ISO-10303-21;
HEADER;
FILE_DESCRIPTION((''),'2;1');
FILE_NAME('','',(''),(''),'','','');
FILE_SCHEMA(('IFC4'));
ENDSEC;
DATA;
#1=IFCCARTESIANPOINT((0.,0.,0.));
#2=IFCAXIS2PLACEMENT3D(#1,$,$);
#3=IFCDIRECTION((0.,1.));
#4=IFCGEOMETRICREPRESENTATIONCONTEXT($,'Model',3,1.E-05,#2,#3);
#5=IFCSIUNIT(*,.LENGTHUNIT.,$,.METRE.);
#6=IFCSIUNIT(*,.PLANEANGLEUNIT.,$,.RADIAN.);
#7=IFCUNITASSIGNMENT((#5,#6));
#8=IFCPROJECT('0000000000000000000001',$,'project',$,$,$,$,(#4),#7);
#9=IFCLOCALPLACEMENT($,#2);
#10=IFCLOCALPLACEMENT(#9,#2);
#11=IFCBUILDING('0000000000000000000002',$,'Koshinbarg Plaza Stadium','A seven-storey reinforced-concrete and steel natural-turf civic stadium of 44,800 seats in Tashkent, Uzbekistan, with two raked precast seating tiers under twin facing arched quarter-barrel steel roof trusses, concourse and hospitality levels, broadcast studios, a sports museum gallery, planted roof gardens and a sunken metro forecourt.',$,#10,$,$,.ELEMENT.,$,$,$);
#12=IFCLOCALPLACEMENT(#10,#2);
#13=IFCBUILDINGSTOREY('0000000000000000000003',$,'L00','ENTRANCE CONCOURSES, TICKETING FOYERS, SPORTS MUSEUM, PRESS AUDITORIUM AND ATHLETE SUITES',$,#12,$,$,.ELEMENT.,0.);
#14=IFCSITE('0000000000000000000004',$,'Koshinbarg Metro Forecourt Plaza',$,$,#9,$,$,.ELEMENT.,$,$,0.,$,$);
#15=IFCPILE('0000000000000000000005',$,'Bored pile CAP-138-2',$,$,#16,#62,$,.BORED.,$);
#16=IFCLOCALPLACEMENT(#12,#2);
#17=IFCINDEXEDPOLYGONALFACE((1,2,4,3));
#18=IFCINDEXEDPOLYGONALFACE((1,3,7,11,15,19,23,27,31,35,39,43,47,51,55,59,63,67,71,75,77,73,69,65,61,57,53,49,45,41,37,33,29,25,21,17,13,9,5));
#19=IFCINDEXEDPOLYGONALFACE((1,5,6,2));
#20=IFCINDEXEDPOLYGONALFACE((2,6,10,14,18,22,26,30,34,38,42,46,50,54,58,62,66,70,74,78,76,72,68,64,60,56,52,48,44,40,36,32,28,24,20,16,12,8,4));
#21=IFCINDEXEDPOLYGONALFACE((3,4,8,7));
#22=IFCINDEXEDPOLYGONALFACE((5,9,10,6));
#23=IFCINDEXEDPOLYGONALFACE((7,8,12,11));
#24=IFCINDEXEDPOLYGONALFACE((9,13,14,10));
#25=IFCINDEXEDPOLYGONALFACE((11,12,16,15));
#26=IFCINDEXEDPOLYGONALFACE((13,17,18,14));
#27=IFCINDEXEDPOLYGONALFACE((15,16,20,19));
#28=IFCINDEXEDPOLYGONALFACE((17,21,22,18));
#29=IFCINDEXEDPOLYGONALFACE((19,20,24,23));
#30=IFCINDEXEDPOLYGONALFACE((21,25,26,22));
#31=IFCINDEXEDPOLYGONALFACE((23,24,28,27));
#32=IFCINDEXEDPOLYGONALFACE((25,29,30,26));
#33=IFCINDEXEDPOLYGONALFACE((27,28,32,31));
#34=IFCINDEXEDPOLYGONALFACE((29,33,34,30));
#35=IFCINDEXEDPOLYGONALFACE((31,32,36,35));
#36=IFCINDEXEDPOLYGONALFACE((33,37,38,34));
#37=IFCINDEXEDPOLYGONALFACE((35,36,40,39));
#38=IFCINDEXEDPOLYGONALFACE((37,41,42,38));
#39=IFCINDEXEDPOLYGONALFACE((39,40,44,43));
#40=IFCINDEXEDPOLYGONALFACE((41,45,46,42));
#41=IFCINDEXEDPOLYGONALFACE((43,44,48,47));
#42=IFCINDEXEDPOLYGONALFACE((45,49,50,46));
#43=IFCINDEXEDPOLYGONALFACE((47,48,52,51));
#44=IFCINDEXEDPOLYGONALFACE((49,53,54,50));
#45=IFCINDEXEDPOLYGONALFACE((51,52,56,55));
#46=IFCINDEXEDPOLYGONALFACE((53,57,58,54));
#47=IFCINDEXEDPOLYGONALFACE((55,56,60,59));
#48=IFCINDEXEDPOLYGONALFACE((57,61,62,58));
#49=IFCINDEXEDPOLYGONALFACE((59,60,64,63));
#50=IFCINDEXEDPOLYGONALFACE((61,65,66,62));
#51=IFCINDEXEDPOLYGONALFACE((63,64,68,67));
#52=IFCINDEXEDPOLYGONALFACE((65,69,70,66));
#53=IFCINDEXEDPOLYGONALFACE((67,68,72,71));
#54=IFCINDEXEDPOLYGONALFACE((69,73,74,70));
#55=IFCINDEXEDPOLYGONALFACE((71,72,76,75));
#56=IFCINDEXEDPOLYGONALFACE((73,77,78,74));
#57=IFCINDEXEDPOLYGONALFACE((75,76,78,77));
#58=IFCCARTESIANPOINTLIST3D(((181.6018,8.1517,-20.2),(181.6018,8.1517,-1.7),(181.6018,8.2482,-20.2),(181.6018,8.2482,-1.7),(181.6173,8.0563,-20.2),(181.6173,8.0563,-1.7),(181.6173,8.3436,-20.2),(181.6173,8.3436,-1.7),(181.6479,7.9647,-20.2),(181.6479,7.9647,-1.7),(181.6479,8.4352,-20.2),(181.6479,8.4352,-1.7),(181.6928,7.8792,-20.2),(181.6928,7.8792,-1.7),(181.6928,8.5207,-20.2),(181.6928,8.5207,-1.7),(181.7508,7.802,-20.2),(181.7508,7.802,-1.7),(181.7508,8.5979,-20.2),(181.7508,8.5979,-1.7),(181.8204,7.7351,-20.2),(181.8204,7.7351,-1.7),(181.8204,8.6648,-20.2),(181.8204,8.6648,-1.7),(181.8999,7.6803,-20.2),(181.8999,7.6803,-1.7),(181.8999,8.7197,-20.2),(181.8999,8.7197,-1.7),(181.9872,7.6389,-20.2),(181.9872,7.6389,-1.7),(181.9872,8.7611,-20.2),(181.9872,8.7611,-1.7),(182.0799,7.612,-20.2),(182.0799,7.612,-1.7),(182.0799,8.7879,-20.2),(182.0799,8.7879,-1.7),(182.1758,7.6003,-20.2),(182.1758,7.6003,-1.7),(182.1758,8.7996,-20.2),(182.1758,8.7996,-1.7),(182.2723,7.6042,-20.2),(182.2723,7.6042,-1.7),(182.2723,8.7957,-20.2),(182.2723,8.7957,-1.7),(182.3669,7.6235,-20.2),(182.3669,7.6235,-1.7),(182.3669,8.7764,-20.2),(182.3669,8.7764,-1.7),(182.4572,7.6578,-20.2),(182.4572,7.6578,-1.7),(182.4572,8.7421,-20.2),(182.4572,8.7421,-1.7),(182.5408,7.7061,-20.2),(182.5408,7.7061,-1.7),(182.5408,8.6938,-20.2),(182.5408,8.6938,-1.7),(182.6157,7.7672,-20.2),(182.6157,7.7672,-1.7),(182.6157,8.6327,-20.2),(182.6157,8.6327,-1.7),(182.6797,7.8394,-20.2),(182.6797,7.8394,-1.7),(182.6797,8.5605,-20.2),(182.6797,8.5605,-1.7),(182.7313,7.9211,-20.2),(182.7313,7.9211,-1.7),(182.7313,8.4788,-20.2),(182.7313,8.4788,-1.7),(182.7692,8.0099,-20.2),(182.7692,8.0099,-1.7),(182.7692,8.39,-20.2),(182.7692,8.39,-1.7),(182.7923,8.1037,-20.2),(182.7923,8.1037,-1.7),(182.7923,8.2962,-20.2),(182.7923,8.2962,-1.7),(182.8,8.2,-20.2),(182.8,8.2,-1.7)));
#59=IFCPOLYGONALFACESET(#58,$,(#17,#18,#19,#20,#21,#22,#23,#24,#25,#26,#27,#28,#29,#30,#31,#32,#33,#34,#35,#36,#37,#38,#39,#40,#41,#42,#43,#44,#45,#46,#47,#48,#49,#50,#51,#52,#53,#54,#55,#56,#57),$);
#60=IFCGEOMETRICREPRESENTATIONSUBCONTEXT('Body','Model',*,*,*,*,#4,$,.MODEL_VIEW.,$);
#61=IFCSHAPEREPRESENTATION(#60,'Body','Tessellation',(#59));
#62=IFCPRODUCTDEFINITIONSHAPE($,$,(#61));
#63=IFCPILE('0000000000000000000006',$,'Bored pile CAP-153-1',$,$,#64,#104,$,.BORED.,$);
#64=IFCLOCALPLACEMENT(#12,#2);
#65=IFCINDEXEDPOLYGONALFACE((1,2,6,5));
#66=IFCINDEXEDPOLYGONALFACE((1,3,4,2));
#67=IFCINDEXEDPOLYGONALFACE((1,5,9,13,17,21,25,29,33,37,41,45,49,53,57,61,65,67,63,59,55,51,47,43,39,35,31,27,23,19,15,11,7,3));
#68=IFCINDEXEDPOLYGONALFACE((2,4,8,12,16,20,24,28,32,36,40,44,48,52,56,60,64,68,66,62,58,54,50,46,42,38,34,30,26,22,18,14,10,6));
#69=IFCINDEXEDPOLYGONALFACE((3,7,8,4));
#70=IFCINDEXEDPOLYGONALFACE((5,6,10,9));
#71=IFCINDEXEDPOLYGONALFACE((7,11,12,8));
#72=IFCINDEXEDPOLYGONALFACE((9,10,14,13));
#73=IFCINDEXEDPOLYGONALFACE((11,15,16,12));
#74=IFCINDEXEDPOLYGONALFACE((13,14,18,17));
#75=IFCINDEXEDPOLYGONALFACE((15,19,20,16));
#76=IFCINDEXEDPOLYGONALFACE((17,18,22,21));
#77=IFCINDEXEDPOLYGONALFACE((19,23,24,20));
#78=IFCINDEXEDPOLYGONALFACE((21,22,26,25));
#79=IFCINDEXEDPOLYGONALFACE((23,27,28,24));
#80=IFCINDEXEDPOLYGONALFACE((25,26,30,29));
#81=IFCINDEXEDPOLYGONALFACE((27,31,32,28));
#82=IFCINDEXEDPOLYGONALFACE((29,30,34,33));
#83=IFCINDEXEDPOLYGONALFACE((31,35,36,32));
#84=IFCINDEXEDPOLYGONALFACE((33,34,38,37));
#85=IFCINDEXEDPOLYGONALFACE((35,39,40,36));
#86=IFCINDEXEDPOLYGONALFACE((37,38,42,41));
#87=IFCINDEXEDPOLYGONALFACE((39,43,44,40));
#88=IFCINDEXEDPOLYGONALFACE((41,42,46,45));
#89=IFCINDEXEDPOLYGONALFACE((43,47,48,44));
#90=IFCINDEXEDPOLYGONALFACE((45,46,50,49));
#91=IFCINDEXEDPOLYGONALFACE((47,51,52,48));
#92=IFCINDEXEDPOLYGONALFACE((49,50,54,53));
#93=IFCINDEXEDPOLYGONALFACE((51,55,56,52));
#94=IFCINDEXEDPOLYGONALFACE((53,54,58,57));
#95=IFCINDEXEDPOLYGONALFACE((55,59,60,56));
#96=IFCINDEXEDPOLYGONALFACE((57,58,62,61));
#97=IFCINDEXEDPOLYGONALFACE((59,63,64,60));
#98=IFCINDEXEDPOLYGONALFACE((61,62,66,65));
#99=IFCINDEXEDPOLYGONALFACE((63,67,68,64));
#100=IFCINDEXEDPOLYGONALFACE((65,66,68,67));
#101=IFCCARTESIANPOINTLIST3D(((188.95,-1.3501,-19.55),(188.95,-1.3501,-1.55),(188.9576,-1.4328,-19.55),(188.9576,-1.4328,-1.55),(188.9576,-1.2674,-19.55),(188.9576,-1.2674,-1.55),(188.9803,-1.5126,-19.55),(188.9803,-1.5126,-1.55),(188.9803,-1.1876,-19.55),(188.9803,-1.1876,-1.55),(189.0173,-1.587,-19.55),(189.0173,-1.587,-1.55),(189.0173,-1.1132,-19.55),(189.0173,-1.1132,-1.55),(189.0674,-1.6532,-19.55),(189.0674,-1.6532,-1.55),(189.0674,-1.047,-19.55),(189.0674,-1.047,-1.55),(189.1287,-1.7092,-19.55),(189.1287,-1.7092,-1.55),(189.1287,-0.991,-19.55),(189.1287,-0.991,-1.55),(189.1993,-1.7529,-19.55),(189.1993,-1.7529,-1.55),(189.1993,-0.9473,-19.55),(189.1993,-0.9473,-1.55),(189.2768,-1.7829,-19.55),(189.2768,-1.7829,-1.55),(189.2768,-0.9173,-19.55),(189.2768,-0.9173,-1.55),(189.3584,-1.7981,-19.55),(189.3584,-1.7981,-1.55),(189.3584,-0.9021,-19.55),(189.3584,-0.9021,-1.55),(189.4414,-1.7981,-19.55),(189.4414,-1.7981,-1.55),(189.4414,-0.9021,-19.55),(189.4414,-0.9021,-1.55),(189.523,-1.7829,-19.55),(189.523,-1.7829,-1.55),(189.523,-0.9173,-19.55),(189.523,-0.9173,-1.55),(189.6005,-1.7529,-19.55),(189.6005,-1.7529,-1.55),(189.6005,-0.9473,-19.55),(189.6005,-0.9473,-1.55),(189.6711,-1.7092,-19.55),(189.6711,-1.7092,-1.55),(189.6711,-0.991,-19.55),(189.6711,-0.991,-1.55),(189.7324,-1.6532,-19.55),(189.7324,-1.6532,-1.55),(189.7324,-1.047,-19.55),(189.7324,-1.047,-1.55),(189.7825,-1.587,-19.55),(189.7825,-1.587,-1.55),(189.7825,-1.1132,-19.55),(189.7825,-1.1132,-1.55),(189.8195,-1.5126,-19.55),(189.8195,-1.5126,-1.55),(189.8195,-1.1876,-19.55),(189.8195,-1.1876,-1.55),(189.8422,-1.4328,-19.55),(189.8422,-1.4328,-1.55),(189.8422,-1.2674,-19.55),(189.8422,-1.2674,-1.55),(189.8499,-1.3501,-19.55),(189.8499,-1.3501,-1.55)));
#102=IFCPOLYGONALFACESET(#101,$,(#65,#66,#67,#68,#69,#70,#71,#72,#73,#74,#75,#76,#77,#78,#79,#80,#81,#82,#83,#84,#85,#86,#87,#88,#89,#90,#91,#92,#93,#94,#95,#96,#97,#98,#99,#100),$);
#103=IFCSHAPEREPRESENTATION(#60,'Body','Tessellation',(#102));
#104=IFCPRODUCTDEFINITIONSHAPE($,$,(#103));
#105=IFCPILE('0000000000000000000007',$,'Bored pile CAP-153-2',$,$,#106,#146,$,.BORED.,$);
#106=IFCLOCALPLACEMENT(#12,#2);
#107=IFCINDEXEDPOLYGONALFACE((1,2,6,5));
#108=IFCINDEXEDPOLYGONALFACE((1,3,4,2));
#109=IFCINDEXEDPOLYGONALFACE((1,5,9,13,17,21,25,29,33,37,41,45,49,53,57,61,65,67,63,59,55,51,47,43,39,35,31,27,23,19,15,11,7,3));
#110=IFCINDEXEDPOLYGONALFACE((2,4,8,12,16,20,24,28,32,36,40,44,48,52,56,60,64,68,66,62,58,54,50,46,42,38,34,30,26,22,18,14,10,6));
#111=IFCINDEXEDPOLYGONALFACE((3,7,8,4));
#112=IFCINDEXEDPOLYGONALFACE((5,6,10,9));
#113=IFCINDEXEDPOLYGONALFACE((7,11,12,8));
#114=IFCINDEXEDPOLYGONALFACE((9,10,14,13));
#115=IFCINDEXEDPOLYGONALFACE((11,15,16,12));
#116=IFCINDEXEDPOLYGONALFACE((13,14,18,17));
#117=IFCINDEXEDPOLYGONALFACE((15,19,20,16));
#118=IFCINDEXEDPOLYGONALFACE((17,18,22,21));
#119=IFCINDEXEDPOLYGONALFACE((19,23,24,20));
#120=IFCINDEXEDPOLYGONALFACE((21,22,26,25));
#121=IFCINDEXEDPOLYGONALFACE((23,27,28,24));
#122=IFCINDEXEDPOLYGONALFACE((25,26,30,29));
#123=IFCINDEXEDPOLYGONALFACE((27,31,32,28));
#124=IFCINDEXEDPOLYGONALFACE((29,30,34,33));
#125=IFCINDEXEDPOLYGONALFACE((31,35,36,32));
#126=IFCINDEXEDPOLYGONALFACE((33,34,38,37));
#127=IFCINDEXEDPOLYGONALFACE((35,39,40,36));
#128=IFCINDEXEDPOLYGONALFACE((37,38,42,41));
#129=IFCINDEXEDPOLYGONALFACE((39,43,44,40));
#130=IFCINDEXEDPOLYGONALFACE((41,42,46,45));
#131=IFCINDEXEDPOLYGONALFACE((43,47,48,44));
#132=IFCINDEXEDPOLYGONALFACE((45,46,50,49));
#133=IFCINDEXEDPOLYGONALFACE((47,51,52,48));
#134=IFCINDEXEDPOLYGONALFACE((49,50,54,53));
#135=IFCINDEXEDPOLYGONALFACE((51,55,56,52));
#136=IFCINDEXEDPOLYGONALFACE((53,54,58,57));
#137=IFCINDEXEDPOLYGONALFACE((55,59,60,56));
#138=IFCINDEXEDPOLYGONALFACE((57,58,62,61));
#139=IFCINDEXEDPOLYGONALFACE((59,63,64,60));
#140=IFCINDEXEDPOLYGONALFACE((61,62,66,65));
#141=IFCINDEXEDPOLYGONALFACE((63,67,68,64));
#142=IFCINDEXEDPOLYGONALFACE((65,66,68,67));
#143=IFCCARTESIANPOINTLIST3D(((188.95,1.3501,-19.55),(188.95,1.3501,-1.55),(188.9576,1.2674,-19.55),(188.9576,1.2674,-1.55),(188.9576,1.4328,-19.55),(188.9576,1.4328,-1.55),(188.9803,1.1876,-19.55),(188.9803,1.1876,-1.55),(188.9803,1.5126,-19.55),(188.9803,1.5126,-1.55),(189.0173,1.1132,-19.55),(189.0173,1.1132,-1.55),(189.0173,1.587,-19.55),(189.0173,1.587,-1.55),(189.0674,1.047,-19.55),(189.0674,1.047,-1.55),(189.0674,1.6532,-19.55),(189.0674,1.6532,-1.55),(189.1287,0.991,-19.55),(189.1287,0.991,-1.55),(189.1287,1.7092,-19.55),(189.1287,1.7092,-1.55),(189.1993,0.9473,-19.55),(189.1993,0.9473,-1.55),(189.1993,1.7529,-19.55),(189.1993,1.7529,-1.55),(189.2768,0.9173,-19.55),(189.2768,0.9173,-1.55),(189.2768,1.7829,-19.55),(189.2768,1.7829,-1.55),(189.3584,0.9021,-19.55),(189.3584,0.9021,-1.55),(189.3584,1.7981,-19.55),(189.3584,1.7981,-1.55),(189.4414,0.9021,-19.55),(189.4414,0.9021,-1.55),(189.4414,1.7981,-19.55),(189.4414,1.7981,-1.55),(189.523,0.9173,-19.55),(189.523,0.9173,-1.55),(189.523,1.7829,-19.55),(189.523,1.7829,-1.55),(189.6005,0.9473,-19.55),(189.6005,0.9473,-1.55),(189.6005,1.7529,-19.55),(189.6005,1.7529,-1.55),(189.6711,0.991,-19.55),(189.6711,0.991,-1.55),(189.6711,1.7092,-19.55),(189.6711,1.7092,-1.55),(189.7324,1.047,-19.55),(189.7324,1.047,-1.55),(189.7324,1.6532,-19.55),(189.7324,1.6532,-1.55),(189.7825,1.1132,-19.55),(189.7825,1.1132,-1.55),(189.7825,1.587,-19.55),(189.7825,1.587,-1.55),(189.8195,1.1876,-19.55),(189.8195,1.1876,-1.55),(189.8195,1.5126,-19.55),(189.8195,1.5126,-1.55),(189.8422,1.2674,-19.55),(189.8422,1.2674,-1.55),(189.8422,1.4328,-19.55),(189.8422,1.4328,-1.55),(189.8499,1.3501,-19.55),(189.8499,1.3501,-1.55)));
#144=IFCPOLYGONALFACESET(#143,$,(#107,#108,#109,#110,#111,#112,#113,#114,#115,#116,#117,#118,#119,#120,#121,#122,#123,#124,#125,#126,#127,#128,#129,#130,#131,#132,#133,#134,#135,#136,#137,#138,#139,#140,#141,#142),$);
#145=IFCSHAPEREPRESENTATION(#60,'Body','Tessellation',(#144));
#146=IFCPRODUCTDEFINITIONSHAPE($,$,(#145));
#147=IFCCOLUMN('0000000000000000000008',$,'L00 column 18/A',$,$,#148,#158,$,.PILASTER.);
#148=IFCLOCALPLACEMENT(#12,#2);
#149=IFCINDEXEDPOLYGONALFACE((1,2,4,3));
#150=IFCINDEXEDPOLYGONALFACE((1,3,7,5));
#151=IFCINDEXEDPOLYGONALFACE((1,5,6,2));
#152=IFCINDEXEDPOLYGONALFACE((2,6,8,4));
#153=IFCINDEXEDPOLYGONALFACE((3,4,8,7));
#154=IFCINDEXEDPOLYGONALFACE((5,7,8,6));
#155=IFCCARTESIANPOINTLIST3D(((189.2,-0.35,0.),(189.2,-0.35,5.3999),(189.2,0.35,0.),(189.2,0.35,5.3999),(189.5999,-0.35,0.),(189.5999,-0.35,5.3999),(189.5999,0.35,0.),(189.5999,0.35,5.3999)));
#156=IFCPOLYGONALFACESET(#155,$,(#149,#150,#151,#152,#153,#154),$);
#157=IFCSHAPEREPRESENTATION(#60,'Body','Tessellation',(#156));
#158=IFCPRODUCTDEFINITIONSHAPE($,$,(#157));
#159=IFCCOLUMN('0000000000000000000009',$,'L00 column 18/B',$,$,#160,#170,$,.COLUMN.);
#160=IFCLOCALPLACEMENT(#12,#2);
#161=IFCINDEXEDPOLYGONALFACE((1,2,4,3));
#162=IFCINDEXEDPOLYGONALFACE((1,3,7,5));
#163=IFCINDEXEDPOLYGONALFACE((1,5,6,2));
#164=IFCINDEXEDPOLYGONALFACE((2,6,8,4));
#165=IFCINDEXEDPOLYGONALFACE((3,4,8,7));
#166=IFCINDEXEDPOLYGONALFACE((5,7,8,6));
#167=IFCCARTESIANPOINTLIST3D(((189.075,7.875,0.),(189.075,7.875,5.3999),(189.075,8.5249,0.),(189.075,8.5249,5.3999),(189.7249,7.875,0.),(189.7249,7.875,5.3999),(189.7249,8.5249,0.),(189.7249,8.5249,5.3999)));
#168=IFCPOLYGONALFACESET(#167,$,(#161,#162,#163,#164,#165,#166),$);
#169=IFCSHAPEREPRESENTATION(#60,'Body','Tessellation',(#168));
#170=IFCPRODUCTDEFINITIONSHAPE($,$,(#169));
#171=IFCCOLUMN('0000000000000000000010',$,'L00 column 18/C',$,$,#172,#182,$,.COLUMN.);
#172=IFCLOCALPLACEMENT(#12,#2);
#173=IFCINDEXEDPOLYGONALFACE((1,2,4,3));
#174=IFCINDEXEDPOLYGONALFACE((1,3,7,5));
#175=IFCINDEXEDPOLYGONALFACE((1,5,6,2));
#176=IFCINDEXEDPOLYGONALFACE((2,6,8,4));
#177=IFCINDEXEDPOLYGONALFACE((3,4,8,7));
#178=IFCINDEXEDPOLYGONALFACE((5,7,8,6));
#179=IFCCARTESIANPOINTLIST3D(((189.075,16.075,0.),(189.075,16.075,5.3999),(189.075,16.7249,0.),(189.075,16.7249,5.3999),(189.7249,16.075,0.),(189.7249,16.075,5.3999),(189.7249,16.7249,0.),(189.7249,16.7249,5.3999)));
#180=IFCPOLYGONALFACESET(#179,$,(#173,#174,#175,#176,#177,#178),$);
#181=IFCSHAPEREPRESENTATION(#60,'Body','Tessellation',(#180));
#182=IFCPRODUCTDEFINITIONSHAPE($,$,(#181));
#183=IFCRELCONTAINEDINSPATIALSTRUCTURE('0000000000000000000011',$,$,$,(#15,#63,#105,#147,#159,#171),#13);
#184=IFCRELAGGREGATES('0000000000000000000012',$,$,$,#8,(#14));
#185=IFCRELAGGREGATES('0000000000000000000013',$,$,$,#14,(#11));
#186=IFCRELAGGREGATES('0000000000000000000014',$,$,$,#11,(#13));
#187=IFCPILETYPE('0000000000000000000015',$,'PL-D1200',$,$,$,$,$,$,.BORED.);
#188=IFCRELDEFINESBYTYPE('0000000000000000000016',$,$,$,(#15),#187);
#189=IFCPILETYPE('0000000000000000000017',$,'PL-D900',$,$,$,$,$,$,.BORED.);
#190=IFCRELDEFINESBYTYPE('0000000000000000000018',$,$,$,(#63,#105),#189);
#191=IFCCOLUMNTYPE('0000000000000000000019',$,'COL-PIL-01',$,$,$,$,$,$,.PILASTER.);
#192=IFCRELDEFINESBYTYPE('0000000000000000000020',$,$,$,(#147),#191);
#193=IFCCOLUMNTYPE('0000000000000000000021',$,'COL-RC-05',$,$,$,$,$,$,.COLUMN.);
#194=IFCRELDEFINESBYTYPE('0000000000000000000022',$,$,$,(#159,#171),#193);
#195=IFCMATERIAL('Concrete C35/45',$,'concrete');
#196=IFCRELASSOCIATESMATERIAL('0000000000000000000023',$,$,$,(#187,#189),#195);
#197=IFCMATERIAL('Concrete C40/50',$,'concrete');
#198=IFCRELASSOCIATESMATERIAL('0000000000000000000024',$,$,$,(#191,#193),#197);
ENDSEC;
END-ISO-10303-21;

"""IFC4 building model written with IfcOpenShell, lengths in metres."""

from ifc_helpers import new_model, si_unit, direction, frame, origin, origin_2d, place, context, subcontext, project, spatial, rectangle, circle, extrude, material, material_profile, profile_set, type_object, element, save


model = new_model("IFC4")

# Units and contexts
model_context = context("Model", 3, precision=1e-05, world=origin(), true_north=direction((0.0, 1.0)))
body_context = subcontext(model_context, "Body", "Model", "MODEL_VIEW")
ifc_project = project(units=[si_unit("LENGTHUNIT", "METRE"), si_unit("PLANEANGLEUNIT", "RADIAN")], contexts=[model_context])

# Site, building, storey
site_placement = place(None, origin())
site = spatial("IfcSite", under=ifc_project, at=site_placement, Name="Koshinbarg Metro Forecourt Plaza", CompositionType="ELEMENT", RefElevation=0.0)
building_placement = place(site_placement, origin())
building = spatial("IfcBuilding", under=site, at=building_placement, Name="Koshinbarg Plaza Stadium", Description="A seven-storey reinforced-concrete and steel natural-turf civic stadium of 44,800 seats in Tashkent, Uzbekistan, with two raked precast seating tiers under twin facing arched quarter-barrel steel roof trusses, concourse and hospitality levels, broadcast studios, a sports museum gallery, planted roof gardens and a sunken metro forecourt.", CompositionType="ELEMENT")
storey_placement = place(building_placement, origin())
storey = spatial("IfcBuildingStorey", under=building, at=storey_placement, Name="L00", Description="ENTRANCE CONCOURSES, TICKETING FOYERS, SPORTS MUSEUM, PRESS AUDITORIUM AND ATHLETE SUITES", CompositionType="ELEMENT", Elevation=0.0)

# Shared definitions
ifc_material_1 = material(Name="Concrete C35/45", Category="concrete")

# Piles
ifc_material_profile_1 = material_profile(ifc_material_1, circle(Radius=0.6001, at=origin_2d()), Name="PILE D1200")
ifc_profile_set_1 = profile_set([ifc_material_profile_1], Name="Concrete C35/45")
pile_type_1 = type_object("IfcPileType", Name="PL-D1200", PredefinedType="BORED", material=ifc_profile_set_1)
pile_1_placement = place(storey_placement, frame((182.2, 8.2, -1.7), z_axis=(0.0, 0.0, -1.0), x_axis=(1.0, 0.0, 0.0)))
element("IfcPile", 1, at=pile_1_placement, inside=storey, type_object=pile_type_1, Name="Bored pile CAP-138-2", PredefinedType="BORED", context=body_context, shape_type="SweptSolid", body=[
    extrude(circle(Radius=0.6001, at=origin_2d()), origin(), (0.0, 0.0, 1.0), 18.5),
])
ifc_material_profile_2 = material_profile(ifc_material_1, circle(Radius=0.45, at=origin_2d()), Name="PILE D900")
ifc_profile_set_2 = profile_set([ifc_material_profile_2], Name="Concrete C35/45")
pile_type_2 = type_object("IfcPileType", Name="PL-D900", PredefinedType="BORED", material=ifc_profile_set_2)
for number, where, z_axis, x_axis, name in (
    (2, (189.3999, -1.3501, -1.55), (0.0, 0.0, -1.0), (1.0, 0.0, 0.0), "Bored pile CAP-153-1"),
    (3, (189.3999, 1.3501, -1.55), (0.0, 0.0, -1.0), (1.0, 0.0, 0.0), "Bored pile CAP-153-2"),
):
    element("IfcPile", number, at=place(storey_placement, frame(where, z_axis=z_axis, x_axis=x_axis)), inside=storey, type_object=pile_type_2, Name=name, PredefinedType="BORED", context=body_context, shape_type="SweptSolid", body=[
        extrude(circle(Radius=0.45, at=origin_2d()), origin(), (0.0, 0.0, 1.0), 18.0),
    ])

# Columns
ifc_material_2 = material(Name="Concrete C40/50", Category="concrete")
ifc_material_profile_3 = material_profile(ifc_material_2, rectangle(XDim=0.3999, YDim=0.7, at=origin_2d()), Name="PIL 400x700")
ifc_profile_set_3 = profile_set([ifc_material_profile_3], Name="Concrete C40/50")
column_type_1 = type_object("IfcColumnType", Name="COL-PIL-01", PredefinedType="PILASTER", material=ifc_profile_set_3)
column_placement = place(storey_placement, frame((189.3999, 0.0, 0.0), z_axis=(0.0, 0.0, 1.0), x_axis=(1.0, 0.0, 0.0)))
element("IfcColumn", 4, at=column_placement, inside=storey, type_object=column_type_1, Name="L00 column 18/A", PredefinedType="PILASTER", context=body_context, shape_type="SweptSolid", body=[
    extrude(rectangle(XDim=0.3999, YDim=0.7, at=origin_2d()), origin(), (0.0, 0.0, 1.0), 5.3999),
])
ifc_material_profile_4 = material_profile(ifc_material_2, rectangle(XDim=0.6499, YDim=0.6499, at=origin_2d()), Name="RC 650x650")
ifc_profile_set_4 = profile_set([ifc_material_profile_4], Name="Concrete C40/50")
column_type_2 = type_object("IfcColumnType", Name="COL-RC-05", PredefinedType="COLUMN", material=ifc_profile_set_4)
for number, where, z_axis, x_axis, name in (
    (5, (189.3999, 8.2, 0.0), (0.0, 0.0, 1.0), (1.0, 0.0, 0.0), "L00 column 18/B"),
    (6, (189.3999, 16.3999, 0.0), (0.0, 0.0, 1.0), (1.0, 0.0, 0.0), "L00 column 18/C"),
):
    element("IfcColumn", number, at=place(storey_placement, frame(where, z_axis=z_axis, x_axis=x_axis)), inside=storey, type_object=column_type_2, Name=name, PredefinedType="COLUMN", context=body_context, shape_type="SweptSolid", body=[
        extrude(rectangle(XDim=0.6499, YDim=0.6499, at=origin_2d()), origin(), (0.0, 0.0, 1.0), 5.3999),
    ])

save(model, "model.ifc")
